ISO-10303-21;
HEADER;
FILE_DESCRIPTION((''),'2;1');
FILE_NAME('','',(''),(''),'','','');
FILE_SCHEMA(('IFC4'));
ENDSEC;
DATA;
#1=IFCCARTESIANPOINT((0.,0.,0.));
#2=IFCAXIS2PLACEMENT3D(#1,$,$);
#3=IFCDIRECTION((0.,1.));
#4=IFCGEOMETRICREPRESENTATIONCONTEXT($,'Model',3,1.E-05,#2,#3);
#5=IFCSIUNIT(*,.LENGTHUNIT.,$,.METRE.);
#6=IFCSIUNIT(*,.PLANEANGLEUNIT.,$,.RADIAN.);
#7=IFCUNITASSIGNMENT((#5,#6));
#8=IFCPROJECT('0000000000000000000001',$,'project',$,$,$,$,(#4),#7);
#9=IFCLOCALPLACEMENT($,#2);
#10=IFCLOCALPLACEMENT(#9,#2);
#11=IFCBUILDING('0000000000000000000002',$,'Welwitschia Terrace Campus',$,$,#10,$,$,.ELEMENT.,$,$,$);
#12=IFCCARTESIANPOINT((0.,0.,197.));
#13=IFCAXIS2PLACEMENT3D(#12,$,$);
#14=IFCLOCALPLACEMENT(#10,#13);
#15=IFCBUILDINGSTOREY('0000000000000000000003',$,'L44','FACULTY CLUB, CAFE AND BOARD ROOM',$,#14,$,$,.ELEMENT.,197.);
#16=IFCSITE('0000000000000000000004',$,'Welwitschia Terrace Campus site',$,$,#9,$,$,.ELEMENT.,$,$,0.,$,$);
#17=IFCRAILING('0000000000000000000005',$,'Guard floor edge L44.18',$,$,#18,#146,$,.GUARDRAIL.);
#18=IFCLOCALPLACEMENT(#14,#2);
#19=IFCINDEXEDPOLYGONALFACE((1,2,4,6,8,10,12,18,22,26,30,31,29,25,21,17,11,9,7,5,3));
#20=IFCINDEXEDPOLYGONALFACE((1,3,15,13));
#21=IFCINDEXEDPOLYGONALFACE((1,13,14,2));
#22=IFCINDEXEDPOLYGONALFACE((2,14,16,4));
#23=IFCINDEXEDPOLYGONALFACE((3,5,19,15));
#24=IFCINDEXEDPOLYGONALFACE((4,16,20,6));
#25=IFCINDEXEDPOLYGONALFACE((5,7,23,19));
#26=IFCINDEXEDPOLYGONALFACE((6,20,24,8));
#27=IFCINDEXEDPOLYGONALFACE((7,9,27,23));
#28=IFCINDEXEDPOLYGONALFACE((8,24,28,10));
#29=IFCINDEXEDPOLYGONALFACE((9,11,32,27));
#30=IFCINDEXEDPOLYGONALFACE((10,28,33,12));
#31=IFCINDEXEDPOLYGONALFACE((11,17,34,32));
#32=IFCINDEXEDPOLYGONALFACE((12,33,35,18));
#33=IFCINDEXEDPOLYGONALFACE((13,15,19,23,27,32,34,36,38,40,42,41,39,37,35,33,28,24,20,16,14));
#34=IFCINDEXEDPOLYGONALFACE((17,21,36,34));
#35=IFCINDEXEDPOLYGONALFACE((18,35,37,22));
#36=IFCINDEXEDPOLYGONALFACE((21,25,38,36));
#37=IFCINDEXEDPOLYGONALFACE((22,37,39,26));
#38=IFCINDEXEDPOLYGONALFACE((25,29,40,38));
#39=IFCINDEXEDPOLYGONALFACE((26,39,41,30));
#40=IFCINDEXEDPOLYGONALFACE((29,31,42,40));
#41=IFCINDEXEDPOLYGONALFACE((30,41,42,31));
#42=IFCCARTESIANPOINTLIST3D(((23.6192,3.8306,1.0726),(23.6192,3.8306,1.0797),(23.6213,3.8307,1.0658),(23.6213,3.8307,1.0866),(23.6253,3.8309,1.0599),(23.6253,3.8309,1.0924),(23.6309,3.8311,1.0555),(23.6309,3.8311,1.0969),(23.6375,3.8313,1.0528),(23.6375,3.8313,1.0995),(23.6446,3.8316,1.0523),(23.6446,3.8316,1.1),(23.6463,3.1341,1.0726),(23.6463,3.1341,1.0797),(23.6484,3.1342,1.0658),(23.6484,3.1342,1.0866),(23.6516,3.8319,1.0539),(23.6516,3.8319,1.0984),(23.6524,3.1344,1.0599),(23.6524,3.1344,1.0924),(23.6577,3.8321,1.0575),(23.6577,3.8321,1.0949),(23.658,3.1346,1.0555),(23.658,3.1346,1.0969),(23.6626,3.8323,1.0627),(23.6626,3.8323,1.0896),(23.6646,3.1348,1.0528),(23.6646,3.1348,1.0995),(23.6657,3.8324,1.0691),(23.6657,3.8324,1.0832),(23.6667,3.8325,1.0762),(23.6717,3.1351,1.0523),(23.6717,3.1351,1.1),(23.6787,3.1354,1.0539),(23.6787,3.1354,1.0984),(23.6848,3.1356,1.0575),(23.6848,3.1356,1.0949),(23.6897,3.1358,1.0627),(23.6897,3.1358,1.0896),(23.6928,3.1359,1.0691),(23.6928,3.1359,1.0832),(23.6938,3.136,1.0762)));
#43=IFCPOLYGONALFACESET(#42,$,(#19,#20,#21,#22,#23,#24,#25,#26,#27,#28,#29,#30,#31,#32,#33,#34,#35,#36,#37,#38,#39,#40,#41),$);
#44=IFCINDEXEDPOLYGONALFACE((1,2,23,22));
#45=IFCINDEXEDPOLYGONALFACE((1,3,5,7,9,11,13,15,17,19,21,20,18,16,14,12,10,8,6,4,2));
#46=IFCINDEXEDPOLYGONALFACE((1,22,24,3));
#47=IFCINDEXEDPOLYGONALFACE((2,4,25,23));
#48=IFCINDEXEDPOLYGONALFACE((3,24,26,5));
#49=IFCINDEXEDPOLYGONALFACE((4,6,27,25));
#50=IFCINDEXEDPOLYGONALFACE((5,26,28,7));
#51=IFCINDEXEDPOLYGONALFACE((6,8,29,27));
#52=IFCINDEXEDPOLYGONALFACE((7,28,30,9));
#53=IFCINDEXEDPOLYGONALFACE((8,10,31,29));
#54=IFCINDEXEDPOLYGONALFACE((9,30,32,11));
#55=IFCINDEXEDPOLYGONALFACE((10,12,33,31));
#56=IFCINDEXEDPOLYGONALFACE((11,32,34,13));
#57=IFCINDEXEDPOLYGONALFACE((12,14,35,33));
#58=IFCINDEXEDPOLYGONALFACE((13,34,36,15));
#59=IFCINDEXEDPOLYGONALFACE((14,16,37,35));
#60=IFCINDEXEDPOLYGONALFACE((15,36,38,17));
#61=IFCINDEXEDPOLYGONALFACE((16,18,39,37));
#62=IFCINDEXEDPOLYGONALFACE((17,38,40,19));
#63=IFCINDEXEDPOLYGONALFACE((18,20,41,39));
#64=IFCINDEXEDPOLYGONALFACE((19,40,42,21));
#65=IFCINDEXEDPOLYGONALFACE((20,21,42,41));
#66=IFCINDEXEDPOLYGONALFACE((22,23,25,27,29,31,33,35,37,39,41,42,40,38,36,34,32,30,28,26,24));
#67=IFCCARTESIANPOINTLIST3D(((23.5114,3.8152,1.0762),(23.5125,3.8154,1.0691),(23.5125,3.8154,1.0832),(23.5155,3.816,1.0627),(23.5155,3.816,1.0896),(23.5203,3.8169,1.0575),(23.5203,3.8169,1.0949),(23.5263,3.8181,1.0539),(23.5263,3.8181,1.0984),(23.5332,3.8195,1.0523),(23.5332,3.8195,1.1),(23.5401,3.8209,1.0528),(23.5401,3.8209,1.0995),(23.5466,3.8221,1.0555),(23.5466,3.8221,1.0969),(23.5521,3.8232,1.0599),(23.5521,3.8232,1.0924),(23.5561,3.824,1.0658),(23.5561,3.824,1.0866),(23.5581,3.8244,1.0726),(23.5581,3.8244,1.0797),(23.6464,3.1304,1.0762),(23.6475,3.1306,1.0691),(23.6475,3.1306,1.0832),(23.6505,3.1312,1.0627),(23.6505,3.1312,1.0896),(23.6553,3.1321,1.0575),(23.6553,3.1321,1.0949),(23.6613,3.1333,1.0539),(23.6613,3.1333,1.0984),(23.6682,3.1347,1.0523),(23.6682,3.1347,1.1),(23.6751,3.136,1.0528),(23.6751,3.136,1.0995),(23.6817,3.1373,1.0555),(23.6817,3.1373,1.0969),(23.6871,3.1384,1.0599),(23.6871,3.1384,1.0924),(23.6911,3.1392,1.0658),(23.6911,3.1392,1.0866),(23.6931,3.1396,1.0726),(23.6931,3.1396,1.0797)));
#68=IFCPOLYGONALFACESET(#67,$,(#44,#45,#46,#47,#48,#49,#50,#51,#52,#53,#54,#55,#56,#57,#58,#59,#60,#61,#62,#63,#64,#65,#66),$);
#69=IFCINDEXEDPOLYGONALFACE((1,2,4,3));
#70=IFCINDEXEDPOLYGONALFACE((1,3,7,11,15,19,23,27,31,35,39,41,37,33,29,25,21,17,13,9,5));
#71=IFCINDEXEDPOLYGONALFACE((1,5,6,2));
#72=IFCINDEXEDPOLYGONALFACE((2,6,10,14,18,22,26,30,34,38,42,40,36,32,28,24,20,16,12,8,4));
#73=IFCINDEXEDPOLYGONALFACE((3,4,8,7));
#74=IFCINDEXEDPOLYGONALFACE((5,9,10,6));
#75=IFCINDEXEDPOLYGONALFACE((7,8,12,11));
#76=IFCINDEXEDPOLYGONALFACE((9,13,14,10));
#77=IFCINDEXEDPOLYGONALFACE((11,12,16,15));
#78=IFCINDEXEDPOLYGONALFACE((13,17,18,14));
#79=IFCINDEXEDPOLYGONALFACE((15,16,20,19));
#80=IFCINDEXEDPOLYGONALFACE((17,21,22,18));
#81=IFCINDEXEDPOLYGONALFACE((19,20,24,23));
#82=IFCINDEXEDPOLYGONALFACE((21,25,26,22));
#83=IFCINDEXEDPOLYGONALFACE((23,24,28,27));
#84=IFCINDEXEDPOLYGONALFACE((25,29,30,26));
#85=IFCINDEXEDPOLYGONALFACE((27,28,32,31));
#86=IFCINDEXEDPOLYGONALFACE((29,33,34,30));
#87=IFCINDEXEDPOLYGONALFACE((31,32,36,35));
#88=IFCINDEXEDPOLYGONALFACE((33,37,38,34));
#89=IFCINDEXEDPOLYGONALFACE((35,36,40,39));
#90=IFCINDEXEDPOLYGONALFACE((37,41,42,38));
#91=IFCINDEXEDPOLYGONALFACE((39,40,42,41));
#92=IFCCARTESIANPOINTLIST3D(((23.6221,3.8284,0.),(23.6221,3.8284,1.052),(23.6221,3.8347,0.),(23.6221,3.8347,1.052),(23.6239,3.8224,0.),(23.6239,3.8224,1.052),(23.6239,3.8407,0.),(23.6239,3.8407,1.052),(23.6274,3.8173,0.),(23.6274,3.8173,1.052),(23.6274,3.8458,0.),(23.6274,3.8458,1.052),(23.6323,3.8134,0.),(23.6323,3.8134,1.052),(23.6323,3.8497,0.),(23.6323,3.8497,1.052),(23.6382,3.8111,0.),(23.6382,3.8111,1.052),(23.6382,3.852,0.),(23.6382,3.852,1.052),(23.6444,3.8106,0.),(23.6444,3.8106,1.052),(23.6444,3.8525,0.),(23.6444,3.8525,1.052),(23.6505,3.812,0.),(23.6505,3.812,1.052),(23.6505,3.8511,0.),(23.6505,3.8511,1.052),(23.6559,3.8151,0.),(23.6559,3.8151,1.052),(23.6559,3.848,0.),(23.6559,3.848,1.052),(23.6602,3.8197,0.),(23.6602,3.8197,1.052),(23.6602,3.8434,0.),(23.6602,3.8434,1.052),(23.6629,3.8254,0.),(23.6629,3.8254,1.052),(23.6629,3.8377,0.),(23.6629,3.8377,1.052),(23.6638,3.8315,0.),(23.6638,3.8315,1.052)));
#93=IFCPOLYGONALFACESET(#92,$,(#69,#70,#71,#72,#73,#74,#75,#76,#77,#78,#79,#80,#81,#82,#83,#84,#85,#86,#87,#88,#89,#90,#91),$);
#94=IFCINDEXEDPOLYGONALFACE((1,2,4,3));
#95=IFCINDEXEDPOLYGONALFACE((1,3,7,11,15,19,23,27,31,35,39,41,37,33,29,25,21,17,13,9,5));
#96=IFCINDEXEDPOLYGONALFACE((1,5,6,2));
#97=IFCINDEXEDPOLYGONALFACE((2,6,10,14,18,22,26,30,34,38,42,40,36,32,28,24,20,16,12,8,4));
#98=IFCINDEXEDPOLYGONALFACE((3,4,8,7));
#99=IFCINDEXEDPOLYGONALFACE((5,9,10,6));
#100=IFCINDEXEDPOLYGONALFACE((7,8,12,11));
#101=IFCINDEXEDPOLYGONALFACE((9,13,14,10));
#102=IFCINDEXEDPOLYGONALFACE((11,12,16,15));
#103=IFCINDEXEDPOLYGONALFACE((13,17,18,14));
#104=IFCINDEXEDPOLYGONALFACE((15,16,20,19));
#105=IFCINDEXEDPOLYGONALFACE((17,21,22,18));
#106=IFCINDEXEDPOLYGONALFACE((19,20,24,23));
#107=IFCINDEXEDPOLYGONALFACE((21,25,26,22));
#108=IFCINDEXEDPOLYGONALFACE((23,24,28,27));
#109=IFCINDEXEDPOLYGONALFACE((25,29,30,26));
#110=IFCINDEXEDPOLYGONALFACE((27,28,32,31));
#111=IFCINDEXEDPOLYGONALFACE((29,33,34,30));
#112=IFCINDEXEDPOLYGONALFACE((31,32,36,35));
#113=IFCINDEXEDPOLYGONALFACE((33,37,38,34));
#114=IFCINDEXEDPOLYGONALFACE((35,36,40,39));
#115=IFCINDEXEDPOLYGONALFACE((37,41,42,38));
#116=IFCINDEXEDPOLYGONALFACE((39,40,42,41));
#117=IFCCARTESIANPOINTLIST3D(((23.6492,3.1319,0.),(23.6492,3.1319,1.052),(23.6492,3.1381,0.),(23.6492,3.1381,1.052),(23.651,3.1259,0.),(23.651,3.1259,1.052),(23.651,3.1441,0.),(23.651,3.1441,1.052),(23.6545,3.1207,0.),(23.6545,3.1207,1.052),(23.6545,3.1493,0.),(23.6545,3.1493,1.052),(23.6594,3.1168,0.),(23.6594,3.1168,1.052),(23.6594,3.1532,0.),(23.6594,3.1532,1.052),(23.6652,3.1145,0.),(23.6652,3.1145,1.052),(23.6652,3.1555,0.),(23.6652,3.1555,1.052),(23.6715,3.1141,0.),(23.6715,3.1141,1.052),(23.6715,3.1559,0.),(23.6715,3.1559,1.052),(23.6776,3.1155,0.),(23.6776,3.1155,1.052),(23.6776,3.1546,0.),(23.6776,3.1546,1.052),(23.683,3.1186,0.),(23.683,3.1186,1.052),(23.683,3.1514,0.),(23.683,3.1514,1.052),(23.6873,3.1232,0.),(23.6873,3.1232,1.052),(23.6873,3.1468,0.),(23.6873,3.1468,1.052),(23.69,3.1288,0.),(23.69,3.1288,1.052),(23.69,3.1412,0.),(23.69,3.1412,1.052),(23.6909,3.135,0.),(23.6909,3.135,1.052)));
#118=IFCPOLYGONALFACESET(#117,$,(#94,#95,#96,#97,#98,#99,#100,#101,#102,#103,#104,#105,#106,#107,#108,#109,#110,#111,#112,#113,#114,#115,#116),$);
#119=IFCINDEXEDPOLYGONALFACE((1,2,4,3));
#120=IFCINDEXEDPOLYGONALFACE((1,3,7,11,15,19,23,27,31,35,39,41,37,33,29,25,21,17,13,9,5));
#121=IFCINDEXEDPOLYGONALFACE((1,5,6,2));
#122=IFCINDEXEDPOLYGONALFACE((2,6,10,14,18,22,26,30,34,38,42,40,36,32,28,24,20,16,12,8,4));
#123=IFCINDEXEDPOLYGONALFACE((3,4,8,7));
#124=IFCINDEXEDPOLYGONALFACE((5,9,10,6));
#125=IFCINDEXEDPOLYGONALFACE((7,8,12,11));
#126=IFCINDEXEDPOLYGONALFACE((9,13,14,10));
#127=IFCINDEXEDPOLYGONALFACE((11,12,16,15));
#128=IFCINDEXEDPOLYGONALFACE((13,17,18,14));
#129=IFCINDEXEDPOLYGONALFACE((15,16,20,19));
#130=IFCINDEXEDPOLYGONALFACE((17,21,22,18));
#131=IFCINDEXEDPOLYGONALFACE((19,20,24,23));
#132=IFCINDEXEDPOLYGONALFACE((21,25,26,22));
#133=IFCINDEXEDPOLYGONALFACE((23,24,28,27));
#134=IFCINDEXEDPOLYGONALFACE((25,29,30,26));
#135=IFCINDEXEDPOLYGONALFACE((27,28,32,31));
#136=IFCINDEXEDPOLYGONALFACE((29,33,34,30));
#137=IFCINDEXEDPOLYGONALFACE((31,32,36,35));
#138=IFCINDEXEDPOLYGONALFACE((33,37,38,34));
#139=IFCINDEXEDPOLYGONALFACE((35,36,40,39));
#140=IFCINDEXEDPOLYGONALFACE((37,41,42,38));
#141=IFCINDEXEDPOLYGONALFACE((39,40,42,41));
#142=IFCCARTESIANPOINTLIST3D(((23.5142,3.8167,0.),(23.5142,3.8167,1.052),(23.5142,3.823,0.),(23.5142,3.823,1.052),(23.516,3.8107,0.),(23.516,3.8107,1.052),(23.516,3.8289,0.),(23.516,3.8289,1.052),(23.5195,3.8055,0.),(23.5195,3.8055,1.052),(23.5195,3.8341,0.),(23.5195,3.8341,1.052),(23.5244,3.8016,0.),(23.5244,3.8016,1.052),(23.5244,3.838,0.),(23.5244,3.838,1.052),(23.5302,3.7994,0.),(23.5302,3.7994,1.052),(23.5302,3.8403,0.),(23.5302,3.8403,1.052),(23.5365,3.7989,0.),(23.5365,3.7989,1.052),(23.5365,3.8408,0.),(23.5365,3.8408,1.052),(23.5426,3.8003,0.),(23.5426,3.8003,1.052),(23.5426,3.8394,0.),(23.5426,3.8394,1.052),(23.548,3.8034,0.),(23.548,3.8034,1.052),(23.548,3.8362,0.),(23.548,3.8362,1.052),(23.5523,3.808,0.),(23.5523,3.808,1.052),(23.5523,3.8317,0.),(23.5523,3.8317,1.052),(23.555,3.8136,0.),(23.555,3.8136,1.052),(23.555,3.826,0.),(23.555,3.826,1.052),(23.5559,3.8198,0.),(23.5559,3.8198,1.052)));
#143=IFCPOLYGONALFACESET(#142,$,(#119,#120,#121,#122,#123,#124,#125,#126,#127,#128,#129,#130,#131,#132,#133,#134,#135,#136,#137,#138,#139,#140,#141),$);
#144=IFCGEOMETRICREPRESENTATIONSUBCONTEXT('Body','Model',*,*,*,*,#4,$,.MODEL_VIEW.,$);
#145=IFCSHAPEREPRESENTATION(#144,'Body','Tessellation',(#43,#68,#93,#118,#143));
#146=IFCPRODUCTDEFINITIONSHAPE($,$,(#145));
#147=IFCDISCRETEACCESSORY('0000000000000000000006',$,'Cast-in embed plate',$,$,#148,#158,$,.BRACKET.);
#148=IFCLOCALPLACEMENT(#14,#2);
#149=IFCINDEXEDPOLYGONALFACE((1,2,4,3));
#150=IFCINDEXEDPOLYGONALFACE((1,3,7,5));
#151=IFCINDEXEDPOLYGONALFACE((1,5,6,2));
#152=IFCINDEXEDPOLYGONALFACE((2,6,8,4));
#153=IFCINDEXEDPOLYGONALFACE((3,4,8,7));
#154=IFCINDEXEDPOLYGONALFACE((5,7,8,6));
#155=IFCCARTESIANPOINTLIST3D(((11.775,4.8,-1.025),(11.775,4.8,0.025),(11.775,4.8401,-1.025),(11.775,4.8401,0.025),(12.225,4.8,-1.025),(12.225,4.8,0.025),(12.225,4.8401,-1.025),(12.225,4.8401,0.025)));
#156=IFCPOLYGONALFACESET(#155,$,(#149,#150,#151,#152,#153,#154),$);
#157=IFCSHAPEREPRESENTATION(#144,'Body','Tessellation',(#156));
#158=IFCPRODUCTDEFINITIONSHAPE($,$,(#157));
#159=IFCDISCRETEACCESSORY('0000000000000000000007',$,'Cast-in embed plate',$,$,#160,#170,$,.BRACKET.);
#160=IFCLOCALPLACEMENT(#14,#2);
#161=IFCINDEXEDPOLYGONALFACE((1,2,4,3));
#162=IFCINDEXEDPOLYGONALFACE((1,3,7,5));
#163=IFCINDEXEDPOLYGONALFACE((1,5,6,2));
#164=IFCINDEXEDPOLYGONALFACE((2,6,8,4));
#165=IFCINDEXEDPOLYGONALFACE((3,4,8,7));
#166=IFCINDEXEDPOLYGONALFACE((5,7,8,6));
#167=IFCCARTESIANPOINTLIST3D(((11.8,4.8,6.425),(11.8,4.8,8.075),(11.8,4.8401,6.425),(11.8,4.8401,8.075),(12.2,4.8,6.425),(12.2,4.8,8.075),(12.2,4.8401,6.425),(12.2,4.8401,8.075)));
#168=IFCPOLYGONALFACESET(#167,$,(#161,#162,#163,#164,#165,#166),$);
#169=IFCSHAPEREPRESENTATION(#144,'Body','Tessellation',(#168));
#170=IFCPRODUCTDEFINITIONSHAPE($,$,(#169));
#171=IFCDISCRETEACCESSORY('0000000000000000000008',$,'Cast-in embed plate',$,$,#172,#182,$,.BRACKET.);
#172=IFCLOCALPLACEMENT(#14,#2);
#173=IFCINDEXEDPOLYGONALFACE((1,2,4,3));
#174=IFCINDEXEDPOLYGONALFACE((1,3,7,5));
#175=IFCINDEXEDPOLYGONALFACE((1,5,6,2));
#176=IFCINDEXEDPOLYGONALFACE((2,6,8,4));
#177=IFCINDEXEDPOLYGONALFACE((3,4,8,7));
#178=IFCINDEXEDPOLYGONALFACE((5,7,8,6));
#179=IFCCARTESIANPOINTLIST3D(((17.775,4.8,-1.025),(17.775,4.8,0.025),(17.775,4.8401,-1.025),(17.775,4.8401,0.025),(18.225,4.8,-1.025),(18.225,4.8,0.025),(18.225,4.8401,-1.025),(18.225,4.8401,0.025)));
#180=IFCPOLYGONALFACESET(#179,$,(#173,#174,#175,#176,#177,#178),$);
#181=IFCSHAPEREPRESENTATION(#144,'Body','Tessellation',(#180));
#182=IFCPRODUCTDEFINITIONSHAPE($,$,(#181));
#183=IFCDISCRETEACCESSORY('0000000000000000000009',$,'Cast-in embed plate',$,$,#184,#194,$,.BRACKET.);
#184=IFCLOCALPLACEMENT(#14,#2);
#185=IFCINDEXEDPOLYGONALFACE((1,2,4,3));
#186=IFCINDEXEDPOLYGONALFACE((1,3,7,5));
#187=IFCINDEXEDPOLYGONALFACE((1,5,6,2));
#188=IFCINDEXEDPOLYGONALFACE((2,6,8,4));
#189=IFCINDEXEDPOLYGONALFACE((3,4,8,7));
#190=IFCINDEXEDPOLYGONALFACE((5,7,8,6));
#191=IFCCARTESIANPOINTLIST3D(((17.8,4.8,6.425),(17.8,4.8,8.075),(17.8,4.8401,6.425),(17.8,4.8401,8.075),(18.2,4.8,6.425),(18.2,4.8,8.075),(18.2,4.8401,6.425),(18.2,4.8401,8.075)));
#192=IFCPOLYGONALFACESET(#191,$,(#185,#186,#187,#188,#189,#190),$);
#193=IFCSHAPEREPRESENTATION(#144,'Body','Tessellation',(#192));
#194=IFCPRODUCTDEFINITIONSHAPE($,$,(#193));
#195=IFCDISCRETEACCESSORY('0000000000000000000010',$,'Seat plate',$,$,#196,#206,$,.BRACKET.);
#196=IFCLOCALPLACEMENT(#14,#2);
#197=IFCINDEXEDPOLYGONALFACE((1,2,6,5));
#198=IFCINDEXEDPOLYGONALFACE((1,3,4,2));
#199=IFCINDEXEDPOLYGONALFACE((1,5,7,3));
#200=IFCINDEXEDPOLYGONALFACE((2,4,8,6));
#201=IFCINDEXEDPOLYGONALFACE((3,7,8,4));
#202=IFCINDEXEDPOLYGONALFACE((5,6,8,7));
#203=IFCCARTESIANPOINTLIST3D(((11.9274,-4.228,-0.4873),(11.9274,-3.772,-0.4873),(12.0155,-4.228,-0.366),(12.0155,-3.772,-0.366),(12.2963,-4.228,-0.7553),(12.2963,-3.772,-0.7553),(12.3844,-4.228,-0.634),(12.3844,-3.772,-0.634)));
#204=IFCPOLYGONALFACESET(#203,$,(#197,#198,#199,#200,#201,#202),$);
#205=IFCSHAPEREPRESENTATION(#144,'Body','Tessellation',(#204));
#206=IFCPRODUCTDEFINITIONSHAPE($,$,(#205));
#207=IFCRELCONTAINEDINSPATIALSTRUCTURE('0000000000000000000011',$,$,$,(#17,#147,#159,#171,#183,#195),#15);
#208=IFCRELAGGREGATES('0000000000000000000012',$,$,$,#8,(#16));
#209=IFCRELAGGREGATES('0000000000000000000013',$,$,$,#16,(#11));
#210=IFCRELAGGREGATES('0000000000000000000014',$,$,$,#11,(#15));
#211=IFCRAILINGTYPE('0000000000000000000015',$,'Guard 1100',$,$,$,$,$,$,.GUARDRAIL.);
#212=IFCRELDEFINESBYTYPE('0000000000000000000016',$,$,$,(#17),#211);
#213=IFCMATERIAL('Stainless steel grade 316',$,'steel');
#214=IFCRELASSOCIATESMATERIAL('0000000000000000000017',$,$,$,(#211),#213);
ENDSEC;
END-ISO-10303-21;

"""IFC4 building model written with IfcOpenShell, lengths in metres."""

from ifc_helpers import new_model, si_unit, direction, frame, origin, origin_2d, place, context, subcontext, project, spatial, rectangle, circle, extrude, material, type_object, element, save


model = new_model("IFC4")

# Units and contexts
model_context = context("Model", 3, precision=1e-05, world=origin(), true_north=direction((0.0, 1.0)))
body_context = subcontext(model_context, "Body", "Model", "MODEL_VIEW")
ifc_project = project(units=[si_unit("LENGTHUNIT", "METRE"), si_unit("PLANEANGLEUNIT", "RADIAN")], contexts=[model_context])

# Site, building, storey
site_placement = place(None, origin())
site = spatial("IfcSite", under=ifc_project, at=site_placement, Name="Welwitschia Terrace Campus site", CompositionType="ELEMENT", RefElevation=0.0)
building_placement = place(site_placement, origin())
building = spatial("IfcBuilding", under=site, at=building_placement, Name="Welwitschia Terrace Campus", CompositionType="ELEMENT")
storey_placement = place(building_placement, frame((0.0, 0.0, 197.0)))
storey = spatial("IfcBuildingStorey", under=building, at=storey_placement, Name="L44", Description="FACULTY CLUB, CAFE AND BOARD ROOM", CompositionType="ELEMENT", Elevation=197.0)

# Railing
ifc_material_1 = material(Name="Stainless steel grade 316", Category="steel")
railing_type_1 = type_object("IfcRailingType", Name="Guard 1100", PredefinedType="GUARDRAIL", material=ifc_material_1)
railing_1_placement = place(storey_placement, frame((23.6428, 3.8315, 0.0)))
element("IfcRailing", 1, at=railing_1_placement, inside=storey, type_object=railing_type_1, Name="Guard floor edge L44.18", PredefinedType="GUARDRAIL", context=body_context, shape_type="SweptSolid", body=[
    extrude(circle(Radius=0.0239, at=origin_2d()), frame((0.0, 0.0, 1.0762), z_axis=(0.038877, -0.999244, 0.0), x_axis=(0.999244, 0.038877, 0.0)), (0.0, 0.0, 1.0), 0.697),
    extrude(circle(Radius=0.0239, at=origin_2d()), frame((0.0271, -0.6965, 1.0762), z_axis=(-0.193425, 0.981115, 0.0), x_axis=(-0.981115, -0.193425, 0.0)), (0.0, 0.0, 1.0), 0.698),
    extrude(circle(Radius=0.021, at=origin_2d()), origin(), (0.0, 0.0, 1.0), 1.052),
    extrude(circle(Radius=0.021, at=origin_2d()), frame((0.0271, -0.6965, 0.0)), (0.0, 0.0, 1.0), 1.052),
    extrude(circle(Radius=0.021, at=origin_2d()), frame((-0.1079, -0.0117, 0.0)), (0.0, 0.0, 1.0), 1.052),
])

# Discrete accessories
discrete_accessory_1_placement = place(storey_placement, frame((12.0, 4.8, -0.5), z_axis=(0.0, 1.0, 0.0), x_axis=(-1.0, 0.0, 0.0)))
element("IfcDiscreteAccessory", 2, at=discrete_accessory_1_placement, inside=storey, Name="Cast-in embed plate", PredefinedType="BRACKET", context=body_context, shape_type="SweptSolid", body=[
    extrude(rectangle(XDim=0.45, YDim=1.05, at=origin_2d()), origin(), (0.0, 0.0, 1.0), 0.04),
])
discrete_accessory_2_placement = place(storey_placement, frame((12.0, 4.8, 7.25), z_axis=(0.0, 1.0, 0.0), x_axis=(-1.0, 0.0, 0.0)))
element("IfcDiscreteAccessory", 3, at=discrete_accessory_2_placement, inside=storey, Name="Cast-in embed plate", PredefinedType="BRACKET", context=body_context, shape_type="SweptSolid", body=[
    extrude(rectangle(XDim=0.3999, YDim=1.6499, at=origin_2d()), origin(), (0.0, 0.0, 1.0), 0.04),
])
discrete_accessory_3_placement = place(storey_placement, frame((18.0, 4.8, -0.5), z_axis=(0.0, 1.0, 0.0), x_axis=(-1.0, 0.0, 0.0)))
element("IfcDiscreteAccessory", 4, at=discrete_accessory_3_placement, inside=storey, Name="Cast-in embed plate", PredefinedType="BRACKET", context=body_context, shape_type="SweptSolid", body=[
    extrude(rectangle(XDim=0.45, YDim=1.05, at=origin_2d()), origin(), (0.0, 0.0, 1.0), 0.04),
])
discrete_accessory_4_placement = place(storey_placement, frame((18.0, 4.8, 7.25), z_axis=(0.0, 1.0, 0.0), x_axis=(-1.0, 0.0, 0.0)))
element("IfcDiscreteAccessory", 5, at=discrete_accessory_4_placement, inside=storey, Name="Cast-in embed plate", PredefinedType="BRACKET", context=body_context, shape_type="SweptSolid", body=[
    extrude(rectangle(XDim=0.3999, YDim=1.6499, at=origin_2d()), origin(), (0.0, 0.0, 1.0), 0.04),
])
for number, where, z_axis, x_axis, name in (
    (6, (12.2, -4.0, -0.5), (-0.587688, 0.0, -0.809088), (0.0, -1.0, 0.0), "Seat plate"),
):
    element("IfcDiscreteAccessory", number, at=place(storey_placement, frame(where, z_axis=z_axis, x_axis=x_axis)), inside=storey, Name=name, PredefinedType="BRACKET", context=body_context, shape_type="SweptSolid", body=[
        extrude(rectangle(XDim=0.4561, YDim=0.4561, at=origin_2d()), origin(), (0.0, 0.0, 1.0), 0.1499),
    ])

save(model, "model.ifc")
